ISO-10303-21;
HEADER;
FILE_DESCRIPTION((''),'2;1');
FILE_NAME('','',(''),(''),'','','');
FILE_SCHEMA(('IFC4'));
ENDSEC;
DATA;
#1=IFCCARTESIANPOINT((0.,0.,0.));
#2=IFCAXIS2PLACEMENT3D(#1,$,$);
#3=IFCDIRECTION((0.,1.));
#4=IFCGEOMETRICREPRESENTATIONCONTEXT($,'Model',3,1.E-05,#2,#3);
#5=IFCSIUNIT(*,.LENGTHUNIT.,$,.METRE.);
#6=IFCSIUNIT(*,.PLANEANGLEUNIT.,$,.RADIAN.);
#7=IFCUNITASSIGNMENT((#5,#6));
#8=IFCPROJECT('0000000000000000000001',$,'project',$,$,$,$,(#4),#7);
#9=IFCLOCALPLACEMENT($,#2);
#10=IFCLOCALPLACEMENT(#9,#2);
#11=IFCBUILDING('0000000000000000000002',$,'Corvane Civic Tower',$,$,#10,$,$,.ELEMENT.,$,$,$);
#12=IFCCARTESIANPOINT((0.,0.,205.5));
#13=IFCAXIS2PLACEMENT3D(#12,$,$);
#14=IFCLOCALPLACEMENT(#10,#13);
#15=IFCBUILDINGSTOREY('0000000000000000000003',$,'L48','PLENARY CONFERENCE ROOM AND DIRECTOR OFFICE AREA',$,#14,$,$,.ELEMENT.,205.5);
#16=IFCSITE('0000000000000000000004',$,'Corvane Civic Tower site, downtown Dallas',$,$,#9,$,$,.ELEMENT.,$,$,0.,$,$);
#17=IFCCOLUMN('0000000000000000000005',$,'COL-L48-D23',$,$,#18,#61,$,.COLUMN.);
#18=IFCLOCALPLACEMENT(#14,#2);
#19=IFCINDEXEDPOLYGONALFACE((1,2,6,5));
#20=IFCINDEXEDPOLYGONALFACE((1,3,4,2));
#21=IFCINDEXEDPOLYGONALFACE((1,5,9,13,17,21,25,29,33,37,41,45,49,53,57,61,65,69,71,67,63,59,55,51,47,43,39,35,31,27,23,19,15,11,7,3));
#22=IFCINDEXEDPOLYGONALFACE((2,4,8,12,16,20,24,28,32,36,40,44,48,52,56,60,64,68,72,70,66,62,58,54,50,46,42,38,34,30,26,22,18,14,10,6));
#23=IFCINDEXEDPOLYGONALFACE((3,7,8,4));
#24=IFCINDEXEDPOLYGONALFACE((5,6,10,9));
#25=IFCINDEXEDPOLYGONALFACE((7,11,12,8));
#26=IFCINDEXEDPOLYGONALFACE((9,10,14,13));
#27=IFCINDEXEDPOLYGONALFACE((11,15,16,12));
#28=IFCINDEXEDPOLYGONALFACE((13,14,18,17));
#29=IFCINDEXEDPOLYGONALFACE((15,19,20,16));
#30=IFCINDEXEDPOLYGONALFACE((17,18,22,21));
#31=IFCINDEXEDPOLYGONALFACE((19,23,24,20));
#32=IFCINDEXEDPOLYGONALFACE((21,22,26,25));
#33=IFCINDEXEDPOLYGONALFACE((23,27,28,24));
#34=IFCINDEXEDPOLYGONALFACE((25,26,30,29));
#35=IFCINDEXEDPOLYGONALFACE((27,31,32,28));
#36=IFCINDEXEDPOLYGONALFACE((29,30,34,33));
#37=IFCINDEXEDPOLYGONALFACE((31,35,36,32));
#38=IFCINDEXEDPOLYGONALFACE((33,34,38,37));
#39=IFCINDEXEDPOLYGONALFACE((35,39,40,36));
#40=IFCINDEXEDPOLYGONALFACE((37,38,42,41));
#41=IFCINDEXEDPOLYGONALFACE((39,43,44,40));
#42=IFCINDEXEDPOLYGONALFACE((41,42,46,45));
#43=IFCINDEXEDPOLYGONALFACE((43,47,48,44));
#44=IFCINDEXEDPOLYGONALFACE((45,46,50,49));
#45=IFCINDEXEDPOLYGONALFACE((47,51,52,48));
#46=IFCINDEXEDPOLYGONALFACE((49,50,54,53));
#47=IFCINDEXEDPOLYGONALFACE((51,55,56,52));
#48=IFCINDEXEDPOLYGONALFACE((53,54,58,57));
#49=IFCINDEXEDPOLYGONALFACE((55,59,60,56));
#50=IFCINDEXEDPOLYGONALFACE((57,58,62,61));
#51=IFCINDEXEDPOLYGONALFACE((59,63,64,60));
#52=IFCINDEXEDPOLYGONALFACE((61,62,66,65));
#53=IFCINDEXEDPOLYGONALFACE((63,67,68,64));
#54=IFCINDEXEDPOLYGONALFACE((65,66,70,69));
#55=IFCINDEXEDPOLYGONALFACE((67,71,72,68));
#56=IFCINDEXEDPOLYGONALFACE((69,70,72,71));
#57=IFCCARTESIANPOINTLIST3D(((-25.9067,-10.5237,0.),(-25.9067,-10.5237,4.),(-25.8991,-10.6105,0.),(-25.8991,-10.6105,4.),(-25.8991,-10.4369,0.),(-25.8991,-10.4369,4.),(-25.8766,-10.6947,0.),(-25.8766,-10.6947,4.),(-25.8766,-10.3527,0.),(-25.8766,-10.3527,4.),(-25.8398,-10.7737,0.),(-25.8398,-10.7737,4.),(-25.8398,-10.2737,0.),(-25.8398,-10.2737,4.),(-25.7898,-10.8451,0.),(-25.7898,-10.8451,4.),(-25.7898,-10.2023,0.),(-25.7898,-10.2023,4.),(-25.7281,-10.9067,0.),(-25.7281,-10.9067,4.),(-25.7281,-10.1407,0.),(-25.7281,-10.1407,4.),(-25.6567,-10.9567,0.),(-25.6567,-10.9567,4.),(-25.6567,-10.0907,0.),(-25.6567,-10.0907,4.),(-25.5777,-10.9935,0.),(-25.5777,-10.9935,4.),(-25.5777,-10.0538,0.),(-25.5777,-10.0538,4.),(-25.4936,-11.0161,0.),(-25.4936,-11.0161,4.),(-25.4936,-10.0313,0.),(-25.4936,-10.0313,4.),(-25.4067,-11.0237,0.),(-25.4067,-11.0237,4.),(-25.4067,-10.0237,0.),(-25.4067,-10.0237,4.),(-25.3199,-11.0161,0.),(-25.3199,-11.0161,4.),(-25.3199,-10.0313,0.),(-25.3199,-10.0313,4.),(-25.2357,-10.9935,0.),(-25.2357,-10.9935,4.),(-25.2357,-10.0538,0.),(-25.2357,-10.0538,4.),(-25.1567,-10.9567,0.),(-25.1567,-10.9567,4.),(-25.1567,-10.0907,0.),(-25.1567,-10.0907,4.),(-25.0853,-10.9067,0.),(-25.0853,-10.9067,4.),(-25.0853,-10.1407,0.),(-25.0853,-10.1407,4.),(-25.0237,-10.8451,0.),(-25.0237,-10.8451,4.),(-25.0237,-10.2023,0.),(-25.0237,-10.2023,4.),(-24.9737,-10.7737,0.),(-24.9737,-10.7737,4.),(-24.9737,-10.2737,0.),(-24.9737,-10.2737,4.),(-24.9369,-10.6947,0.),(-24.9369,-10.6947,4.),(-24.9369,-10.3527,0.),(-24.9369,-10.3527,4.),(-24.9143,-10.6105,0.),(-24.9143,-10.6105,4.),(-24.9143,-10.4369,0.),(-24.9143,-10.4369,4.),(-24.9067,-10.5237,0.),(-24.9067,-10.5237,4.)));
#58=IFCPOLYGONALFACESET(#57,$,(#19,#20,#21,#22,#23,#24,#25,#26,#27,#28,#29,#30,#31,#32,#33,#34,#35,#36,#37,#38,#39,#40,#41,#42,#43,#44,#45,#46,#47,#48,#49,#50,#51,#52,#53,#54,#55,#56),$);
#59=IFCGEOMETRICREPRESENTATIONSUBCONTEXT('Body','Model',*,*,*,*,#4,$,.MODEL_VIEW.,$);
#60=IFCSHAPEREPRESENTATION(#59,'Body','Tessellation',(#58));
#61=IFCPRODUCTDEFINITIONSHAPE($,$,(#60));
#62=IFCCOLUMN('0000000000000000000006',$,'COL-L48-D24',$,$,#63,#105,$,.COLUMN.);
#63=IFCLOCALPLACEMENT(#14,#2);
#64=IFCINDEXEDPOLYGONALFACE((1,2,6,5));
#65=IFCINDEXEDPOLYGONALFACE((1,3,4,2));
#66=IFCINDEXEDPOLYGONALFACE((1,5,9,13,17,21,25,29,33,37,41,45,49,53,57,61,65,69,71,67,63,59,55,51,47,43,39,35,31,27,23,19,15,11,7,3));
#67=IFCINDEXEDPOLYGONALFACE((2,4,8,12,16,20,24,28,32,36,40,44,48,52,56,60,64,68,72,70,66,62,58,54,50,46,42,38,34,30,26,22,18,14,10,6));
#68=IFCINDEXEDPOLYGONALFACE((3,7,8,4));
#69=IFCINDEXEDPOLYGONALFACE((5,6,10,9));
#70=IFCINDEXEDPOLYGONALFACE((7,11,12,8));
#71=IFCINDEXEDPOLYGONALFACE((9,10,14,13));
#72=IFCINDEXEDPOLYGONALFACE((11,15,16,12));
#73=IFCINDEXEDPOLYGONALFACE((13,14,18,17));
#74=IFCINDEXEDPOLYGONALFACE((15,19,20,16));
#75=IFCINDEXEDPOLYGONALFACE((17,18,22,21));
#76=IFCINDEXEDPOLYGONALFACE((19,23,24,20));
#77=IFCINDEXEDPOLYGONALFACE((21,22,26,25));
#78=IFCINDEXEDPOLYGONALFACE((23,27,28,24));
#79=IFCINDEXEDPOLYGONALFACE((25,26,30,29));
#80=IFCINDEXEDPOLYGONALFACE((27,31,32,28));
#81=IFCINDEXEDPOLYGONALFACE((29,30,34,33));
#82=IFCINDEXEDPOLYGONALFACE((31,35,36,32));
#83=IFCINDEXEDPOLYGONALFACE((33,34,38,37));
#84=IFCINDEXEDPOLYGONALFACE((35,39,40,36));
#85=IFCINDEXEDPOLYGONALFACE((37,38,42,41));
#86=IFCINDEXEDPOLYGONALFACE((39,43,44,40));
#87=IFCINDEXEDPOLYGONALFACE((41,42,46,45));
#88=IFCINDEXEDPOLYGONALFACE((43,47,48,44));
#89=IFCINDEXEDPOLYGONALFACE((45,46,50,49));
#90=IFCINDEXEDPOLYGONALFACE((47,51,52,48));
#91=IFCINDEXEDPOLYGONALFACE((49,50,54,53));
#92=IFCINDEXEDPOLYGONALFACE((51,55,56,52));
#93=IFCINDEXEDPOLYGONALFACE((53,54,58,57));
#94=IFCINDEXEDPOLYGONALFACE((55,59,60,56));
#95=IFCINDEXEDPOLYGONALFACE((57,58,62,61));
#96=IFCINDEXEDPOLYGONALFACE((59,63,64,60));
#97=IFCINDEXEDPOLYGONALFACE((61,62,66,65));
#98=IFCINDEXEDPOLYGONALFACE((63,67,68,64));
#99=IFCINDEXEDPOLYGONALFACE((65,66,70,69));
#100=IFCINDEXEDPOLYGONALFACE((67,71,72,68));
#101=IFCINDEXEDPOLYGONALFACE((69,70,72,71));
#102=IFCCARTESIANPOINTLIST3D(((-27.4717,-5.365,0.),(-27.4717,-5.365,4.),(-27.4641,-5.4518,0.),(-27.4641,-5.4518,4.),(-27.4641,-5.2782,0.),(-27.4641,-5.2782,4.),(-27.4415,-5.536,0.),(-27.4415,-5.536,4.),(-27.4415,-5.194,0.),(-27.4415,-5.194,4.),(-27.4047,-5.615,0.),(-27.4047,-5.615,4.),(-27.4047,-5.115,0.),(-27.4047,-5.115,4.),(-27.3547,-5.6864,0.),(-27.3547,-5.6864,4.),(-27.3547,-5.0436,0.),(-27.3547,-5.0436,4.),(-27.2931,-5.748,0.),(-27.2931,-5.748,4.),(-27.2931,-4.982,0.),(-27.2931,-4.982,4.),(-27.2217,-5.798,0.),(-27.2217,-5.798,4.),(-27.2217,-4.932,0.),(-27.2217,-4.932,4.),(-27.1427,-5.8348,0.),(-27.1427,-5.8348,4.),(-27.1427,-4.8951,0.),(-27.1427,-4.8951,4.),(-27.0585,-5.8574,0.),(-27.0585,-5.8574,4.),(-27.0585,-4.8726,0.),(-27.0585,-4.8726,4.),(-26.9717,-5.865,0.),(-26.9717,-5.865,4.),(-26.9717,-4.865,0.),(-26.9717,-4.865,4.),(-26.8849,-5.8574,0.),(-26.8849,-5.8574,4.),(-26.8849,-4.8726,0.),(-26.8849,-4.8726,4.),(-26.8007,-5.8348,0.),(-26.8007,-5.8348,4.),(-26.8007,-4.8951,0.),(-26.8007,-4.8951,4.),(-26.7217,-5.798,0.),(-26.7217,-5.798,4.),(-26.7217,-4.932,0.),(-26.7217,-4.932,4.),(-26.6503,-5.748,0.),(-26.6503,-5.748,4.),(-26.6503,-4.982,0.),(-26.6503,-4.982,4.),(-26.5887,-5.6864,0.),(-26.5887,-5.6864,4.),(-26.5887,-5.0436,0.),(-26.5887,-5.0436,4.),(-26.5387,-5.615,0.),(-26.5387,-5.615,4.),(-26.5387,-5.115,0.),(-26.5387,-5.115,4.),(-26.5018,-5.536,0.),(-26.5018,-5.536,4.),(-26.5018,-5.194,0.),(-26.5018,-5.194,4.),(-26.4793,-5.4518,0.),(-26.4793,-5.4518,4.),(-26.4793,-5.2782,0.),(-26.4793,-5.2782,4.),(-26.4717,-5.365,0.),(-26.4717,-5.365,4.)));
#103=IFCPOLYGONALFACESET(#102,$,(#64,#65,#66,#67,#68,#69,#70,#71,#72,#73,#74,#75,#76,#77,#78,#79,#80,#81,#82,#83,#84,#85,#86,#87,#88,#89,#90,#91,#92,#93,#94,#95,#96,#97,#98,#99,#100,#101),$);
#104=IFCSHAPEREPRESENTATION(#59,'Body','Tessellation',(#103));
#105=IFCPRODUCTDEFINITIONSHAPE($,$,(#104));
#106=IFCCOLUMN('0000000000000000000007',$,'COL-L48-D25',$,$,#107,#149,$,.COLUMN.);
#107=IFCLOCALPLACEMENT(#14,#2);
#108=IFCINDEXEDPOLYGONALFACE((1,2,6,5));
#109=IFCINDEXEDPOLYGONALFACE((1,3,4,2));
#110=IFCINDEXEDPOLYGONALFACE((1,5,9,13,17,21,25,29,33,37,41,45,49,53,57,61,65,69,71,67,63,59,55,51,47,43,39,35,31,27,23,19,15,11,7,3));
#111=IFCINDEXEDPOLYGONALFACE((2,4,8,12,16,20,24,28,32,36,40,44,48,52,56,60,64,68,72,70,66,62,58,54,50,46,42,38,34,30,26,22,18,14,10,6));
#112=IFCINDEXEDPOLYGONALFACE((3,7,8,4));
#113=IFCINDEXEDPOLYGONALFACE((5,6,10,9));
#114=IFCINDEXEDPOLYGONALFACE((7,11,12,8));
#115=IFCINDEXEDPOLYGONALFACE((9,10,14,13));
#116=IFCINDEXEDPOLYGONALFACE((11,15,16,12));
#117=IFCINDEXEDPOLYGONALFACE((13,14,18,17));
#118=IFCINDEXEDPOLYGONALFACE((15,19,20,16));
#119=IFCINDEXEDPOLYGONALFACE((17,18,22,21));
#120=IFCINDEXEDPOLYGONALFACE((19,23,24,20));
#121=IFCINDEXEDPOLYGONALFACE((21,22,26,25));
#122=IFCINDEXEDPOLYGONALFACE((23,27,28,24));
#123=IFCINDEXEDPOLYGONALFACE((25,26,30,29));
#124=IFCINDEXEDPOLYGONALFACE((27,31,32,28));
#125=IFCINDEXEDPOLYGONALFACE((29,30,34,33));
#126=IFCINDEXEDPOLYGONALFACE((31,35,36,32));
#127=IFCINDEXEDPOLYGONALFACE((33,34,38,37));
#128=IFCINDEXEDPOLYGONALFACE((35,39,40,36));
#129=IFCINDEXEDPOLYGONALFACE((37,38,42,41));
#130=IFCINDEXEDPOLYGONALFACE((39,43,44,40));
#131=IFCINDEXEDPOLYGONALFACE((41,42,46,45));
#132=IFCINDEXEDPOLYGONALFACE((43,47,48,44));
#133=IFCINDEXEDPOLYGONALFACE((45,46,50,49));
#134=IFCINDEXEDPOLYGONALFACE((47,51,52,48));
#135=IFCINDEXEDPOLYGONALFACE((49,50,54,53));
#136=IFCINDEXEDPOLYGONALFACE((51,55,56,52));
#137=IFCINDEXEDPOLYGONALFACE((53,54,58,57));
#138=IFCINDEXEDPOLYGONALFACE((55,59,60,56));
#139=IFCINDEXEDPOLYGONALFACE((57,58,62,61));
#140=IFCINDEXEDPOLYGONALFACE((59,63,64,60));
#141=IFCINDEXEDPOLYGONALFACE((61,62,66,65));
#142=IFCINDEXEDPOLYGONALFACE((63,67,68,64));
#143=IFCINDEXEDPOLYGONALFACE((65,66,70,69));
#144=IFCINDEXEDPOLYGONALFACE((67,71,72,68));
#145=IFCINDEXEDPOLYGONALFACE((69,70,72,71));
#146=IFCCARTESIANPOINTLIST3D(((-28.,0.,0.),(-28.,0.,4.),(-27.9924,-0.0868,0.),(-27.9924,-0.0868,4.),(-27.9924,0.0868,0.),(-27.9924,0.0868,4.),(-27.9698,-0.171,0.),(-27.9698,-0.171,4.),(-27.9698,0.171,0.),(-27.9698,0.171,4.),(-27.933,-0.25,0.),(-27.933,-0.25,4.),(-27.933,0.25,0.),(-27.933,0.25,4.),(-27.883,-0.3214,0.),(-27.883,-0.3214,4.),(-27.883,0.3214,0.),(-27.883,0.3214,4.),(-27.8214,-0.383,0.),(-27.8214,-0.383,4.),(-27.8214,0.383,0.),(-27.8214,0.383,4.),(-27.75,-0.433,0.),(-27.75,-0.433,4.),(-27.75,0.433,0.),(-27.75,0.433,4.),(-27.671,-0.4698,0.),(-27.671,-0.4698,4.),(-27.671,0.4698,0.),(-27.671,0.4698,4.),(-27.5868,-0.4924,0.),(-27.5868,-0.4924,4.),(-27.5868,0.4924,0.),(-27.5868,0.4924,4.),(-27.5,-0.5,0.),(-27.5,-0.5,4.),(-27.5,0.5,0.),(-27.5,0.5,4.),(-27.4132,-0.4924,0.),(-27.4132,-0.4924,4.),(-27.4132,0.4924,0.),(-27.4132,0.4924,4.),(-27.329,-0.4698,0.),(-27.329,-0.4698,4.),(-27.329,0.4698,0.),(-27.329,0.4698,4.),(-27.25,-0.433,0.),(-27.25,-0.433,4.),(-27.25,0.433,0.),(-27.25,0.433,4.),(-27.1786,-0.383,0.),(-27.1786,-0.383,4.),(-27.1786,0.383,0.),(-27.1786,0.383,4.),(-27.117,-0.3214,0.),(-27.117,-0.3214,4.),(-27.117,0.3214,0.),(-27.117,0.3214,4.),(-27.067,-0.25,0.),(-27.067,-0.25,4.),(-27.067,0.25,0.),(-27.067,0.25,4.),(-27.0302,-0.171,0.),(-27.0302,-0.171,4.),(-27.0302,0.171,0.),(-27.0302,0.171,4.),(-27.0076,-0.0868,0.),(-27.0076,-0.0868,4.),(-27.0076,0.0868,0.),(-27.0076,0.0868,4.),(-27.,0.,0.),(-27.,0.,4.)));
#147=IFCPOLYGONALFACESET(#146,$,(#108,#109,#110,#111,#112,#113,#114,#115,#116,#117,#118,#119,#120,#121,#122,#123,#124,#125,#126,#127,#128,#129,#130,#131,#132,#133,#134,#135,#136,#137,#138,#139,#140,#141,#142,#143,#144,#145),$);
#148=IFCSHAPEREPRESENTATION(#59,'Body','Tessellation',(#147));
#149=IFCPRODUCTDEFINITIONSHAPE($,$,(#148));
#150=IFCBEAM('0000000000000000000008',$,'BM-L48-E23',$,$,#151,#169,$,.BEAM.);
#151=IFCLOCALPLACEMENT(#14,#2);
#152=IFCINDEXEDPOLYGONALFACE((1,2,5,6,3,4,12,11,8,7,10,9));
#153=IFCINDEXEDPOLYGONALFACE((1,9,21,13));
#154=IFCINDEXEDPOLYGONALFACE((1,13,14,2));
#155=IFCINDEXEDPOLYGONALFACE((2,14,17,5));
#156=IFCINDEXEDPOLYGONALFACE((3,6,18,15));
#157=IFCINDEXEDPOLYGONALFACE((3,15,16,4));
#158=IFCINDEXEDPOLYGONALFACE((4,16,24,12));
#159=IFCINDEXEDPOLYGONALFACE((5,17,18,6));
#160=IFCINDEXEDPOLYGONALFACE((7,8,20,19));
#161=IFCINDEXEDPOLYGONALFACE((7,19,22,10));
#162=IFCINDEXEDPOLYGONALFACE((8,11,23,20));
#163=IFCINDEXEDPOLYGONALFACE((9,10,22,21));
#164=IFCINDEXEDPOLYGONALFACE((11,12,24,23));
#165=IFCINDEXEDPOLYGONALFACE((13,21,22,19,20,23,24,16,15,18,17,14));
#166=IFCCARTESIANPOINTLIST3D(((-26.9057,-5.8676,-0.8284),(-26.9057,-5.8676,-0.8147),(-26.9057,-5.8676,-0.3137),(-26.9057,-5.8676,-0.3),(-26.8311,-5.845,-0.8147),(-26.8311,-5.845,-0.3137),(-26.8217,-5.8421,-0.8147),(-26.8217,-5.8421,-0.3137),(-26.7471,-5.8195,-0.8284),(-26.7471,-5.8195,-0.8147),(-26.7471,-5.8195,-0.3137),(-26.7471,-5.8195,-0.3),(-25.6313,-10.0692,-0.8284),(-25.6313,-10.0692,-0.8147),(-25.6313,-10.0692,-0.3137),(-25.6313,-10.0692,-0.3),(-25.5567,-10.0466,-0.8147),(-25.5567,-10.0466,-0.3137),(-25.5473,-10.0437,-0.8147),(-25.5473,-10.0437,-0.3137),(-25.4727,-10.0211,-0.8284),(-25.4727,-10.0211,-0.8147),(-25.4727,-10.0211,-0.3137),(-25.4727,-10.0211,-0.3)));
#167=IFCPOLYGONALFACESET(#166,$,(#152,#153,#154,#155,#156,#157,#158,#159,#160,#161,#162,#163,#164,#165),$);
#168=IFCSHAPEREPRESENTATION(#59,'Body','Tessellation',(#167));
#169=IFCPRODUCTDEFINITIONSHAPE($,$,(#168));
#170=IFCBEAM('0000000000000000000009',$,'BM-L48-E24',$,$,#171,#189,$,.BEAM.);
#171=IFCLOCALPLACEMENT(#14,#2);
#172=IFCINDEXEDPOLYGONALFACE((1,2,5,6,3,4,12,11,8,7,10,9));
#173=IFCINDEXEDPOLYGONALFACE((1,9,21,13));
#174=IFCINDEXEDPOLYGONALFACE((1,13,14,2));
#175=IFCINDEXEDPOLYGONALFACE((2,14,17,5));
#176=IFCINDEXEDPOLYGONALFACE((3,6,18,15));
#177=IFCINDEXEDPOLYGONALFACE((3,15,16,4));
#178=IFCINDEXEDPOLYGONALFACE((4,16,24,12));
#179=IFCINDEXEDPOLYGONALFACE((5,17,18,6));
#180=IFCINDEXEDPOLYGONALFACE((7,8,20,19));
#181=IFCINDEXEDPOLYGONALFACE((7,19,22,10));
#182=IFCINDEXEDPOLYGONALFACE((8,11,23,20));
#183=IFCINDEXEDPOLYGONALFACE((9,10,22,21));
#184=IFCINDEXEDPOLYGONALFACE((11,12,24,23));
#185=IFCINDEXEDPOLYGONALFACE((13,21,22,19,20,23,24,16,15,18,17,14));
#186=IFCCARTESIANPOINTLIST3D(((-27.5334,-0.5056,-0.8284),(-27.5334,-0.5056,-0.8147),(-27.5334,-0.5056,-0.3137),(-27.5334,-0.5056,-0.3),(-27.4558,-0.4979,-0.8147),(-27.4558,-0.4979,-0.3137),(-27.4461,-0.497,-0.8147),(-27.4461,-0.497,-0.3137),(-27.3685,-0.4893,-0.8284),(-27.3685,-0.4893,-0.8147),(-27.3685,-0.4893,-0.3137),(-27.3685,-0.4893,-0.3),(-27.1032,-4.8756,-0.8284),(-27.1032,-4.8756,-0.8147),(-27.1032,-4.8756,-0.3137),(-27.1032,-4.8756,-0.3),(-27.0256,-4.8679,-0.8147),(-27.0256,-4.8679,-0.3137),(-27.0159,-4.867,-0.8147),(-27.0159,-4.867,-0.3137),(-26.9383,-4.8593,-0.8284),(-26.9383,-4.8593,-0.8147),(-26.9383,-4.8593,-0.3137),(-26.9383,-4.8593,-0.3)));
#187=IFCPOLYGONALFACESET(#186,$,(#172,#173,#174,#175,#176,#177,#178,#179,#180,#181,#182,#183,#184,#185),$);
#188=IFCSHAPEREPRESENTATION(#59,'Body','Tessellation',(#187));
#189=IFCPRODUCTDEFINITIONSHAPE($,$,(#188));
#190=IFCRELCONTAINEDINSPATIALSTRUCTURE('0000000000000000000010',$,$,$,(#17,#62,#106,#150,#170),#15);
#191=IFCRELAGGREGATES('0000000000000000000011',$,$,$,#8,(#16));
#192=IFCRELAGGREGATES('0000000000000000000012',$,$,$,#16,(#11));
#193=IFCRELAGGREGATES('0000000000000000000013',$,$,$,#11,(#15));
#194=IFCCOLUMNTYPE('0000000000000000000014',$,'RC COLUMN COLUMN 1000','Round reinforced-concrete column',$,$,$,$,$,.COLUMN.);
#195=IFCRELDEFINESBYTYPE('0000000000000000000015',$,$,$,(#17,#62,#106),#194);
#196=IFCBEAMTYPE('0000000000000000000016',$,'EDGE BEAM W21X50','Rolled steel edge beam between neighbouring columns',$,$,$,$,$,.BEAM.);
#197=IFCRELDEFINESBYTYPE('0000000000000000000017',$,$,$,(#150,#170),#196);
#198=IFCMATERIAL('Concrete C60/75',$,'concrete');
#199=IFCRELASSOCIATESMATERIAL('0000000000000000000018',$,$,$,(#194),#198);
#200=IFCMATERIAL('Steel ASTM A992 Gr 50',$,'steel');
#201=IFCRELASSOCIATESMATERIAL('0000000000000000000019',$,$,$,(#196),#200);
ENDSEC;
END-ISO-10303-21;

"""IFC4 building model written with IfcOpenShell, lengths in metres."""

from ifc_helpers import new_model, si_unit, direction, frame, origin, origin_2d, place, context, subcontext, project, spatial, circle, i_section, extrude, material, material_profile, profile_set, type_object, element, save


model = new_model("IFC4")

# Units and contexts
model_context = context("Model", 3, precision=1e-05, world=origin(), true_north=direction((0.0, 1.0)))
body_context = subcontext(model_context, "Body", "Model", "MODEL_VIEW")
ifc_project = project(units=[si_unit("LENGTHUNIT", "METRE"), si_unit("PLANEANGLEUNIT", "RADIAN")], contexts=[model_context])

# Site, building, storey
site_placement = place(None, origin())
site = spatial("IfcSite", under=ifc_project, at=site_placement, Name="Corvane Civic Tower site, downtown Dallas", CompositionType="ELEMENT", RefElevation=0.0)
building_placement = place(site_placement, origin())
building = spatial("IfcBuilding", under=site, at=building_placement, Name="Corvane Civic Tower", CompositionType="ELEMENT")
storey_placement = place(building_placement, frame((0.0, 0.0, 205.5)))
storey = spatial("IfcBuildingStorey", under=building, at=storey_placement, Name="L48", Description="PLENARY CONFERENCE ROOM AND DIRECTOR OFFICE AREA", CompositionType="ELEMENT", Elevation=205.5)

# Columns
ifc_material_1 = material(Name="Concrete C60/75", Category="concrete")
ifc_material_profile_1 = material_profile(ifc_material_1, circle(Radius=0.5, at=origin_2d()), Name="COLUMN 1000")
ifc_profile_set_1 = profile_set([ifc_material_profile_1], Name="Concrete C60/75")
column_type = type_object("IfcColumnType", Name="RC COLUMN COLUMN 1000", Description="Round reinforced-concrete column", PredefinedType="COLUMN", material=ifc_profile_set_1)
for number, where, z_axis, x_axis, name in (
    (1, (-25.4067, -10.5237, 0.0), (0.0, 0.0, 1.0), (1.0, 0.0, 0.0), "COL-L48-D23"),
    (2, (-26.9717, -5.365, 0.0), (0.0, 0.0, 1.0), (1.0, 0.0, 0.0), "COL-L48-D24"),
    (3, (-27.5, 0.0, 0.0), (0.0, 0.0, 1.0), (1.0, 0.0, 0.0), "COL-L48-D25"),
):
    element("IfcColumn", number, at=place(storey_placement, frame(where, z_axis=z_axis, x_axis=x_axis)), inside=storey, type_object=column_type, Name=name, PredefinedType="COLUMN", context=body_context, shape_type="SweptSolid", body=[
        extrude(circle(Radius=0.5, at=origin_2d()), origin(), (0.0, 0.0, 1.0), 4.0),
    ])

# Beams
ifc_material_2 = material(Name="Steel ASTM A992 Gr 50", Category="steel")
ifc_material_profile_2 = material_profile(ifc_material_2, i_section(OverallWidth=0.1658, OverallDepth=0.5283, WebThickness=0.0098, FlangeThickness=0.0137, at=origin_2d()), Name="W21X50")
ifc_profile_set_2 = profile_set([ifc_material_profile_2], Name="Steel ASTM A992 Gr 50")
beam_type_1 = type_object("IfcBeamType", Name="EDGE BEAM W21X50", Description="Rolled steel edge beam between neighbouring columns", PredefinedType="BEAM", material=ifc_profile_set_2)
beam_1_placement = place(storey_placement, frame((-25.552, -10.0452, -0.5642), z_axis=(-0.290254, 0.95695, 0.0), x_axis=(-0.95695, -0.290254, 0.0)))
element("IfcBeam", 4, at=beam_1_placement, inside=storey, type_object=beam_type_1, Name="BM-L48-E23", PredefinedType="BEAM", context=body_context, shape_type="SweptSolid", body=[
    extrude(i_section(OverallWidth=0.1658, OverallDepth=0.5283, WebThickness=0.0098, FlangeThickness=0.0137, at=origin_2d()), origin(), (0.0, 0.0, 1.0), 4.3906),
])
beam_2_placement = place(storey_placement, frame((-27.0208, -4.8674, -0.5642), z_axis=(-0.097968, 0.99519, 0.0), x_axis=(-0.99519, -0.097968, 0.0)))
element("IfcBeam", 5, at=beam_2_placement, inside=storey, type_object=beam_type_1, Name="BM-L48-E24", PredefinedType="BEAM", context=body_context, shape_type="SweptSolid", body=[
    extrude(i_section(OverallWidth=0.1658, OverallDepth=0.5283, WebThickness=0.0098, FlangeThickness=0.0137, at=origin_2d()), origin(), (0.0, 0.0, 1.0), 4.3911),
])

save(model, "model.ifc")
